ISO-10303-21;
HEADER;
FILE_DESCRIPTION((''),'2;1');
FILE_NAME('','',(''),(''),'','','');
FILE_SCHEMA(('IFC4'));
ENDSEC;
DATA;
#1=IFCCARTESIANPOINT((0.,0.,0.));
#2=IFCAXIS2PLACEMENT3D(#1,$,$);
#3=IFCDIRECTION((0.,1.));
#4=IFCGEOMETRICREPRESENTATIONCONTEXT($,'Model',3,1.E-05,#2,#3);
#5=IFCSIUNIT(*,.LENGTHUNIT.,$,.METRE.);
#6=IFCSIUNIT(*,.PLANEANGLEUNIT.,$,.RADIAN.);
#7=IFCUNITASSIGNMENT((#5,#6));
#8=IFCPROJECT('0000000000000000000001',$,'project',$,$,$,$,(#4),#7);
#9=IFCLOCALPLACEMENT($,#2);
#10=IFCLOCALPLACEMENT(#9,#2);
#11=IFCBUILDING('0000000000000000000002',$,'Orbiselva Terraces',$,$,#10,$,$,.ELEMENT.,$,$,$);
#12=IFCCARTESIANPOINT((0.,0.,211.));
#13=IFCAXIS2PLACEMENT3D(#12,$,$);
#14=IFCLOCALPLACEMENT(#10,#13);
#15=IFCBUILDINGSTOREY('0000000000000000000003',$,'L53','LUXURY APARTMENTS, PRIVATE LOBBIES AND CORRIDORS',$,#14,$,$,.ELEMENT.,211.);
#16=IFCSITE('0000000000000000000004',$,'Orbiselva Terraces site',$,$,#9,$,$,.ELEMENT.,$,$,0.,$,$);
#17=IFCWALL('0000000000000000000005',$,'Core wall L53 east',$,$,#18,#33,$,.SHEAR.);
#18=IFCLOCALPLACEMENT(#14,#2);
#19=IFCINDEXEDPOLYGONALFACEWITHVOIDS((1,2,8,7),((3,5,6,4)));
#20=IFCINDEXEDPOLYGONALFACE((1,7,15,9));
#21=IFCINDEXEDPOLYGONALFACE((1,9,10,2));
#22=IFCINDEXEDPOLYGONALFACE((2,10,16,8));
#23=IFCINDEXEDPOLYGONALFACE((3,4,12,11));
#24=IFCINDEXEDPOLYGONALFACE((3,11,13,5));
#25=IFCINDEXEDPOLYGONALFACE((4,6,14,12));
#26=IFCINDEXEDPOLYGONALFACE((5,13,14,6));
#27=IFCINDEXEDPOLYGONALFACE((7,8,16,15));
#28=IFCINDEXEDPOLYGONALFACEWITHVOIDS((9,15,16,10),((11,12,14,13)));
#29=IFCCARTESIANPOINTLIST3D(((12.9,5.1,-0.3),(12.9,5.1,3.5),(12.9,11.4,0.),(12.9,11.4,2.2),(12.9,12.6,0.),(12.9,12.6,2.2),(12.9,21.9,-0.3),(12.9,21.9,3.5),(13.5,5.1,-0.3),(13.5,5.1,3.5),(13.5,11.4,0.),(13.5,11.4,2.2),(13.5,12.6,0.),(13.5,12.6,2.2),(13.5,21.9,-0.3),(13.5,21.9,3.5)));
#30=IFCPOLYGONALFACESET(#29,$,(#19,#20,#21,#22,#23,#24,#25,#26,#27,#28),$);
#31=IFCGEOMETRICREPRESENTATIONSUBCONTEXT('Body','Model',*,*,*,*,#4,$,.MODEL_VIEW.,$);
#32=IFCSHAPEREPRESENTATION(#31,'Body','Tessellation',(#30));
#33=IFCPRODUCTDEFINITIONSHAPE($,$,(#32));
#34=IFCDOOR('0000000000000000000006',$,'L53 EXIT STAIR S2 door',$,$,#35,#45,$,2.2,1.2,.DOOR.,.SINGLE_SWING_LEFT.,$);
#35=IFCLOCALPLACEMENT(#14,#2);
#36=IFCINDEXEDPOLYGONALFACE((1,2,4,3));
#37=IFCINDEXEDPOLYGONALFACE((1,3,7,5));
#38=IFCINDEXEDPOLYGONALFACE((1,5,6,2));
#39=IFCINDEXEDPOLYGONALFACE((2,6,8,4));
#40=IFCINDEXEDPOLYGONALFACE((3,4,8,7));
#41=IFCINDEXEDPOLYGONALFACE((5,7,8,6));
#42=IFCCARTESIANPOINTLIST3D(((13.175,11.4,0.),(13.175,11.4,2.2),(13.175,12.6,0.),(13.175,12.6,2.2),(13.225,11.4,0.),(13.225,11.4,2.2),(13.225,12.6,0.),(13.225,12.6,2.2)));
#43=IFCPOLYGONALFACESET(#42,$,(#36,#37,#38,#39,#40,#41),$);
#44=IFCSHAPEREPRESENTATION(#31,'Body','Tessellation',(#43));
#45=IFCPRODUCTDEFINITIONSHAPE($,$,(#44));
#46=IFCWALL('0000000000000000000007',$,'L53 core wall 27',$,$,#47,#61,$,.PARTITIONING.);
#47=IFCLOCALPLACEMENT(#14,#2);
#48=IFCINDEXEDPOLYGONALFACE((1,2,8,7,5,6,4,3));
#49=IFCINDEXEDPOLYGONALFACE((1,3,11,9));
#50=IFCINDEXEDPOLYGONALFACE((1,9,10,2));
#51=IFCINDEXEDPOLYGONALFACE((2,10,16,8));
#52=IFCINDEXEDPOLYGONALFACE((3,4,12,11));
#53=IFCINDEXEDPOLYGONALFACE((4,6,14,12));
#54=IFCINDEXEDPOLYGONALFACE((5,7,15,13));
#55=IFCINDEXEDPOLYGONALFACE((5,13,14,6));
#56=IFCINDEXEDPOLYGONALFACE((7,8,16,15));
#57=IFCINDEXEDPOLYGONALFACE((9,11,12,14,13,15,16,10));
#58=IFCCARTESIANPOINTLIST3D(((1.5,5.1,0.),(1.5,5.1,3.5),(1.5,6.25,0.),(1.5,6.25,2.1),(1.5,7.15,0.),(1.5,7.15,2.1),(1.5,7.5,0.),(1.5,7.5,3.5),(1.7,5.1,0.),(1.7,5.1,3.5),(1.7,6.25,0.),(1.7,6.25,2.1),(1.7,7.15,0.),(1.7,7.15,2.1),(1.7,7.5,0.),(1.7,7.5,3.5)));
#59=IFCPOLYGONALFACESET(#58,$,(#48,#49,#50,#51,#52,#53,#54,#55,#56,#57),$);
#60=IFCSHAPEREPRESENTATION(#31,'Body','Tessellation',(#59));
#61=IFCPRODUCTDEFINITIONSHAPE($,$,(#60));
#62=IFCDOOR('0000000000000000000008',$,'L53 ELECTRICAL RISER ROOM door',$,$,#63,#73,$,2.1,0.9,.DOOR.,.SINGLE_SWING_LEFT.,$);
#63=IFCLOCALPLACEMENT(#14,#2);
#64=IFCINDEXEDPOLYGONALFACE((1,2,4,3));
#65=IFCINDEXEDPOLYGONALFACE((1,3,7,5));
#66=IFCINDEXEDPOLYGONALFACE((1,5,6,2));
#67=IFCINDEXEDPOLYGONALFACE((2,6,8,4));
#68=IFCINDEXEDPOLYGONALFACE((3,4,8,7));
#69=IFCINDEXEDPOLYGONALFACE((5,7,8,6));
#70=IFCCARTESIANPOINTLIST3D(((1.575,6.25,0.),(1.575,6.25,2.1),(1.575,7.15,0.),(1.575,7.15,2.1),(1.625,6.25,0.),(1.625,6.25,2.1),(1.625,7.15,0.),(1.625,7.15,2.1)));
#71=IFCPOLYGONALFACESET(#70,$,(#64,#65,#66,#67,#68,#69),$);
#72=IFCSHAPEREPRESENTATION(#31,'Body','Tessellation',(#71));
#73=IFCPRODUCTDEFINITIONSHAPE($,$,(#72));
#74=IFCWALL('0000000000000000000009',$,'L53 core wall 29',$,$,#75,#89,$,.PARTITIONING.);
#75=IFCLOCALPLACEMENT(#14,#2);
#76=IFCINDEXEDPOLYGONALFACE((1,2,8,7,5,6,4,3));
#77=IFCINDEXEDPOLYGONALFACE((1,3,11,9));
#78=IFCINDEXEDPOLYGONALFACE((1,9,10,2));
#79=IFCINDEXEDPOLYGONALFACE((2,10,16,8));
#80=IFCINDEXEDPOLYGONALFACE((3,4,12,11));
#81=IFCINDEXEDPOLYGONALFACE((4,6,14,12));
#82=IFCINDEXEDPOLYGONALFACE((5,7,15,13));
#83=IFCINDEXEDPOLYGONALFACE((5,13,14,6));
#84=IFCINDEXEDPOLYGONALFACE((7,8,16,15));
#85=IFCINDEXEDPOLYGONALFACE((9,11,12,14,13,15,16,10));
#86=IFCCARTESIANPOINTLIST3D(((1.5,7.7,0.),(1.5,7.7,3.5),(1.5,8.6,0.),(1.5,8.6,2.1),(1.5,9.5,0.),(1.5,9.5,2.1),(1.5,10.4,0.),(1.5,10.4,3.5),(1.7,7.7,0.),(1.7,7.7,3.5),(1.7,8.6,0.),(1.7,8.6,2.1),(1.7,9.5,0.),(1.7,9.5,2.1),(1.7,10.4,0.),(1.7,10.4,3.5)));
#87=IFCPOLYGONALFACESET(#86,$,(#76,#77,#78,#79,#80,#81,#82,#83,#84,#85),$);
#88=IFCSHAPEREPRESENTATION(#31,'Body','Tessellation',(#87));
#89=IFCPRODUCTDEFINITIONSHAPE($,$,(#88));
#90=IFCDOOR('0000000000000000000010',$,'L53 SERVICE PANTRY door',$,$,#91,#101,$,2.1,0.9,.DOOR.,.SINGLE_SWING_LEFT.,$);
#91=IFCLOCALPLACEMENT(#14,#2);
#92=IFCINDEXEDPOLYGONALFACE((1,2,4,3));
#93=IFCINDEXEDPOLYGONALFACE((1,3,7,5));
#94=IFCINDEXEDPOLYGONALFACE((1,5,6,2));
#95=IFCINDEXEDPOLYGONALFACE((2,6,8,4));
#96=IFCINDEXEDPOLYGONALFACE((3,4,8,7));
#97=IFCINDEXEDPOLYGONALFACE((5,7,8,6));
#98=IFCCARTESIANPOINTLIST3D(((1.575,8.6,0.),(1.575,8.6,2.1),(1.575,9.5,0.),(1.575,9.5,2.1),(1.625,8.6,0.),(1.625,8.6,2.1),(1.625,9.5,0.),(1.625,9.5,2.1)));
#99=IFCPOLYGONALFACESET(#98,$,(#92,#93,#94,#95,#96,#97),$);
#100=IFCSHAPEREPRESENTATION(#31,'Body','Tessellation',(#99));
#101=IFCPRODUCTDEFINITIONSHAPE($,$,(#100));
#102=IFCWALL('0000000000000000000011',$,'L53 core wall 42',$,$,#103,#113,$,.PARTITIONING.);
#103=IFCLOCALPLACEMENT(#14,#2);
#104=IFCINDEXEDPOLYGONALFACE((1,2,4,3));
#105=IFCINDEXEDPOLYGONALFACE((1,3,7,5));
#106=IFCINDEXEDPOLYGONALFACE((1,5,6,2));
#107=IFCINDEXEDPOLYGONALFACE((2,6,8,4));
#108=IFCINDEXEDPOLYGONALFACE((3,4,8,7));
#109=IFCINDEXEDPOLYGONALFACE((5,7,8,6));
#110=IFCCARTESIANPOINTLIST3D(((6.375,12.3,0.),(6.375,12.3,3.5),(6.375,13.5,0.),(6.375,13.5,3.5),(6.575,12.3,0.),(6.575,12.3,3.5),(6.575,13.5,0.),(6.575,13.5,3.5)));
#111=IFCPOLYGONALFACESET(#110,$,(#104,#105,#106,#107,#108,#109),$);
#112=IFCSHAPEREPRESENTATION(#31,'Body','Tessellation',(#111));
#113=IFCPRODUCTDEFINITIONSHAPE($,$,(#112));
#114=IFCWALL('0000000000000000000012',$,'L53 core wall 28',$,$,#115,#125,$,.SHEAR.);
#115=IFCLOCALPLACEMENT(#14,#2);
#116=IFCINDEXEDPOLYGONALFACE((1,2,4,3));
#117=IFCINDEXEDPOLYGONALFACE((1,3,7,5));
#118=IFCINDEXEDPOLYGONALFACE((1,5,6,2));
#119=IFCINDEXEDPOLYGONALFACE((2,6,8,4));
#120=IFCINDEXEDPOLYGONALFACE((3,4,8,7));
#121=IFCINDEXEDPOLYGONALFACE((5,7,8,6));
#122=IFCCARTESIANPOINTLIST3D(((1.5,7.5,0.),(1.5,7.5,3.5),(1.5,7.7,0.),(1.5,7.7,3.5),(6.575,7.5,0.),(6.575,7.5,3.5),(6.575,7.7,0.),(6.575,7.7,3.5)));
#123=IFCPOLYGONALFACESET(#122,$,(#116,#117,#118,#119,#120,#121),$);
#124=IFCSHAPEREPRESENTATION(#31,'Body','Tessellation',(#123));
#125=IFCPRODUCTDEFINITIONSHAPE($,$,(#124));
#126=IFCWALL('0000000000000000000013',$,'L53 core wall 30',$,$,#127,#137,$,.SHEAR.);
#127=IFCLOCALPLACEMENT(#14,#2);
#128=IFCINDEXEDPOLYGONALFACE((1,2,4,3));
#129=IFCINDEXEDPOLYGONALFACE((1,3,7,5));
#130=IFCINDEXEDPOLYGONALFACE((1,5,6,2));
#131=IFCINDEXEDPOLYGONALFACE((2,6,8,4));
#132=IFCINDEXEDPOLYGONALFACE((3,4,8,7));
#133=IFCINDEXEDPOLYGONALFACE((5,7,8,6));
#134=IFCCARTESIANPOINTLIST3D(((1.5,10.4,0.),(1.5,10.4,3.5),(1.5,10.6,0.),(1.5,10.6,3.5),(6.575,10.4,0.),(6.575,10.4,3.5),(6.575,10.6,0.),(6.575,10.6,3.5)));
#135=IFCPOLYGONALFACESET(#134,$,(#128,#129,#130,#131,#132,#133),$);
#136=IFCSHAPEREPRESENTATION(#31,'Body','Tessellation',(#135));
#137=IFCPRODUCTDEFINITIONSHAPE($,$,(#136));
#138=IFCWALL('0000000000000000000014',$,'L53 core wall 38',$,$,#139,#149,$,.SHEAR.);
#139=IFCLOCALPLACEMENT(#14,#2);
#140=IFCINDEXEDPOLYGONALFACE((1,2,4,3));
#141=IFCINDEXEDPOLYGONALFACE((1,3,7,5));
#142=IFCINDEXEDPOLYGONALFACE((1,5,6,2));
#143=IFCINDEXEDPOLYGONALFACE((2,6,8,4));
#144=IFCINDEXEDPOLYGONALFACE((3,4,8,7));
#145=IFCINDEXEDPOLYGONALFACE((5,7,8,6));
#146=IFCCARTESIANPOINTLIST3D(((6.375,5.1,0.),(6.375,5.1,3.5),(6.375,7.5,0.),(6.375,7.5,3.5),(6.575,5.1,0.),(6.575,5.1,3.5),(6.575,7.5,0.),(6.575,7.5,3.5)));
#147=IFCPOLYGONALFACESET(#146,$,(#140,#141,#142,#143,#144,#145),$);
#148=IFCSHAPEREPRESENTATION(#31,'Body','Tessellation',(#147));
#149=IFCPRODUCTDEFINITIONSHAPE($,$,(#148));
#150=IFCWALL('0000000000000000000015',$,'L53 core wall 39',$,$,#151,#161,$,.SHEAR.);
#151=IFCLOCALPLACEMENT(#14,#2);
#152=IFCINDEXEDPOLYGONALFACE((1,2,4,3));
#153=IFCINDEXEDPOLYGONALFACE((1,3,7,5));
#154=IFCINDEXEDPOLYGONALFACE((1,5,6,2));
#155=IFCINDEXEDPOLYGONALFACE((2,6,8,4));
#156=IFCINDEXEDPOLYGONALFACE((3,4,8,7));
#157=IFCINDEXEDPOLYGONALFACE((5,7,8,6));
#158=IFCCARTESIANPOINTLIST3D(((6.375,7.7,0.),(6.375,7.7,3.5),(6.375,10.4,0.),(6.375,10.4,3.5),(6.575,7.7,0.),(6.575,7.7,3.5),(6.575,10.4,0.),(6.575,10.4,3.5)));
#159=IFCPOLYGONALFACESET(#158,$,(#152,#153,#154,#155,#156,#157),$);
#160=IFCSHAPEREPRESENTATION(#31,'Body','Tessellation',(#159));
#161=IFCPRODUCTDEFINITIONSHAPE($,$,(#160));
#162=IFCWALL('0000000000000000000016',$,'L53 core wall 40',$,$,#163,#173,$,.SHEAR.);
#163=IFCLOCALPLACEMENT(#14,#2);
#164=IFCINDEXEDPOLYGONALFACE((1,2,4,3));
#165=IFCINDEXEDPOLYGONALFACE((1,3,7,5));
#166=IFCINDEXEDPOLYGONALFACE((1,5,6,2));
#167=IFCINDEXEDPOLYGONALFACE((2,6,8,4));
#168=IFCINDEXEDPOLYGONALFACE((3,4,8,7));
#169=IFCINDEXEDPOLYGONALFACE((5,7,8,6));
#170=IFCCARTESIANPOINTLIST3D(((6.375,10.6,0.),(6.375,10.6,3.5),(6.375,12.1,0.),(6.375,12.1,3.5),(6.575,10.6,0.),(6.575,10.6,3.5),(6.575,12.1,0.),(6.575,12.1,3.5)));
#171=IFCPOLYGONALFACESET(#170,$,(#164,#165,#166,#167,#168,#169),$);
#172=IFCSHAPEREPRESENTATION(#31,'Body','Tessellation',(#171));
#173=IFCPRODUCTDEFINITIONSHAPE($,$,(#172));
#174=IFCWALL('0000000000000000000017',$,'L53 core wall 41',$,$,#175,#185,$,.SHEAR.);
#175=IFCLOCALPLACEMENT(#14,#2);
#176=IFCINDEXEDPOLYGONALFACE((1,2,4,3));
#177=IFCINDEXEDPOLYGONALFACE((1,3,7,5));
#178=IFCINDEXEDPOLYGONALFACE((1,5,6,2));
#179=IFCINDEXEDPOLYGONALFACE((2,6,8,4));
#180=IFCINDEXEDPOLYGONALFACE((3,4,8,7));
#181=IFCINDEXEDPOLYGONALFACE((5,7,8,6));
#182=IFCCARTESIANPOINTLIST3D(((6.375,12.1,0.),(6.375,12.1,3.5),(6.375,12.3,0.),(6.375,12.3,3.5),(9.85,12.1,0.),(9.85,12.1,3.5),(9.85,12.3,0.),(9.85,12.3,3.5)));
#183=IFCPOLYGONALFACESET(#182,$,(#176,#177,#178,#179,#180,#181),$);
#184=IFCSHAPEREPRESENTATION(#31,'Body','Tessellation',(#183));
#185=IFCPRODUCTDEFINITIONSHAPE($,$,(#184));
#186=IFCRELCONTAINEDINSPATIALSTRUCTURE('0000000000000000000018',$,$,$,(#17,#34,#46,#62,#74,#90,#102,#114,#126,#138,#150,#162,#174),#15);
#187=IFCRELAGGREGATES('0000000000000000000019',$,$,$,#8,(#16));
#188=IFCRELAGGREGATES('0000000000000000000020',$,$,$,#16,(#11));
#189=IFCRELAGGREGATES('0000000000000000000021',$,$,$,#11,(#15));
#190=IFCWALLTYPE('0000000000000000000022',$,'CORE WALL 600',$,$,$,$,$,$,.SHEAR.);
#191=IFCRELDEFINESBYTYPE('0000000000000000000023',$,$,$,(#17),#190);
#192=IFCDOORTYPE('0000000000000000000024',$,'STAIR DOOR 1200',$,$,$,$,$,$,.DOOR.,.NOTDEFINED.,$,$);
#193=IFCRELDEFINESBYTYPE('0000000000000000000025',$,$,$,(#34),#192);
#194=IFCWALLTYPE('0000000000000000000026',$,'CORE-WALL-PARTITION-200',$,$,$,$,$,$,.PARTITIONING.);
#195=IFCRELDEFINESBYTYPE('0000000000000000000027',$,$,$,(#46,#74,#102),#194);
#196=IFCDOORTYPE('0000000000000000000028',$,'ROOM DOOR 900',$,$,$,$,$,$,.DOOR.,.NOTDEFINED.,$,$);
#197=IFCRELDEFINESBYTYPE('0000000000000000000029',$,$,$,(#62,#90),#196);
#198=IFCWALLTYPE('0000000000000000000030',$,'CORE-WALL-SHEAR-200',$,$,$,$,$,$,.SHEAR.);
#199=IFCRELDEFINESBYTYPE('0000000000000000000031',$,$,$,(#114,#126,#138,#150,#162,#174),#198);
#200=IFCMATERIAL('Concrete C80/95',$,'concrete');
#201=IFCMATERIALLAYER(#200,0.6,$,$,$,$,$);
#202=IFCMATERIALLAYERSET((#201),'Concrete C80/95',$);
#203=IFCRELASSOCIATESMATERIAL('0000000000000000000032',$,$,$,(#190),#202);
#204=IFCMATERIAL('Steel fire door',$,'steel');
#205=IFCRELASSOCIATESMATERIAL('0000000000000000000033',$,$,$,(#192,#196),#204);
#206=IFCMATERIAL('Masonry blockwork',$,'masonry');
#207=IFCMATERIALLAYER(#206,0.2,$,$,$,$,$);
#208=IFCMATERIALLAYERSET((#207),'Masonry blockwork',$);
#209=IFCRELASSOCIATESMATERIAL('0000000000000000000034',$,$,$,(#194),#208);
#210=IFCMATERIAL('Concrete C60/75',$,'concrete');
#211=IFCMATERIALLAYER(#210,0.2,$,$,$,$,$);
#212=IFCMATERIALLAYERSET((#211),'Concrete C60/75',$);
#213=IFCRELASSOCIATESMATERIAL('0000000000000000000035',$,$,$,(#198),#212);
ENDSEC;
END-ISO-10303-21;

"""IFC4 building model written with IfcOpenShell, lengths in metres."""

from ifc_helpers import new_model, si_unit, direction, frame, frame_2d, origin, place, context, subcontext, project, spatial, rectangle, extrude, material, layer, layer_set, type_object, element, fill, save


model = new_model("IFC4")

# Units and contexts
model_context = context("Model", 3, precision=1e-05, world=origin(), true_north=direction((0.0, 1.0)))
body_context = subcontext(model_context, "Body", "Model", "MODEL_VIEW")
ifc_project = project(units=[si_unit("LENGTHUNIT", "METRE"), si_unit("PLANEANGLEUNIT", "RADIAN")], contexts=[model_context])

# Site, building, storey
site_placement = place(None, origin())
site = spatial("IfcSite", under=ifc_project, at=site_placement, Name="Orbiselva Terraces site", CompositionType="ELEMENT", RefElevation=0.0)
building_placement = place(site_placement, origin())
building = spatial("IfcBuilding", under=site, at=building_placement, Name="Orbiselva Terraces", CompositionType="ELEMENT")
storey_placement = place(building_placement, frame((0.0, 0.0, 211.0)))
storey = spatial("IfcBuildingStorey", under=building, at=storey_placement, Name="L53", Description="LUXURY APARTMENTS, PRIVATE LOBBIES AND CORRIDORS", CompositionType="ELEMENT", Elevation=211.0)

# Walls, openings, doors
ifc_material_1 = material(Name="Concrete C80/95", Category="concrete")
ifc_layer_1 = layer(ifc_material_1, 0.6)
ifc_layer_set_1 = layer_set([ifc_layer_1], Name="Concrete C80/95")
wall_type_1 = type_object("IfcWallType", Name="CORE WALL 600", PredefinedType="SHEAR", material=ifc_layer_set_1)
wall_1_placement = place(storey_placement, frame((13.2, 5.1, -0.3), z_axis=(0.0, 0.0, 1.0), x_axis=(0.0, 1.0, 0.0)))
wall_1 = element("IfcWall", 1, at=wall_1_placement, inside=storey, type_object=wall_type_1, Name="Core wall L53 east", PredefinedType="SHEAR", context=body_context, shape_type="SweptSolid", body=[
    extrude(rectangle(XDim=16.8, YDim=0.6, at=frame_2d((8.4, 0.0))), origin(), (0.0, 0.0, 1.0), 3.8),
])
opening_1_placement = place(wall_1_placement, frame((6.3, 0.0, 0.3)))
opening_1 = element("IfcOpeningElement", 2, at=opening_1_placement, cuts=wall_1, PredefinedType="OPENING", context=body_context, shape_type="SweptSolid", body=[
    extrude(rectangle(XDim=1.2, YDim=2.2, at=frame_2d((0.6, 1.1))), frame((0.0, 0.31, 0.0), z_axis=(0.0, -1.0, 0.0), x_axis=(1.0, 0.0, 0.0)), (0.0, 0.0, 1.0), 0.62),
])
ifc_material_2 = material(Name="Steel fire door", Category="steel")
door_type_1 = type_object("IfcDoorType", Name="STAIR DOOR 1200", OperationType="NOTDEFINED", PredefinedType="DOOR", material=ifc_material_2)
door_1_placement = place(opening_1_placement, frame((1.2, 0.0, 0.0), z_axis=(0.0, 0.0, 1.0), x_axis=(-1.0, 0.0, 0.0)))
door_1 = element("IfcDoor", 3, at=door_1_placement, inside=storey, type_object=door_type_1, Name="L53 EXIT STAIR S2 door", OperationType="SINGLE_SWING_LEFT", OverallHeight=2.2, OverallWidth=1.2, PredefinedType="DOOR", context=body_context, shape_type="SweptSolid", body=[
    extrude(rectangle(XDim=1.2, YDim=2.2, at=frame_2d((0.6, 1.1))), frame((0.0, 0.025, 0.0), z_axis=(0.0, -1.0, 0.0), x_axis=(1.0, 0.0, 0.0)), (0.0, 0.0, 1.0), 0.05),
])
fill(opening_1, door_1)
ifc_material_3 = material(Name="Masonry blockwork", Category="masonry")
ifc_layer_2 = layer(ifc_material_3, 0.2)
ifc_layer_set_2 = layer_set([ifc_layer_2], Name="Masonry blockwork")
wall_type_2 = type_object("IfcWallType", Name="CORE-WALL-PARTITION-200", PredefinedType="PARTITIONING", material=ifc_layer_set_2)
wall_2_placement = place(storey_placement, frame((1.6, 7.5, 0.0), z_axis=(0.0, 0.0, 1.0), x_axis=(0.0, -1.0, 0.0)))
wall_2 = element("IfcWall", 4, at=wall_2_placement, inside=storey, type_object=wall_type_2, Name="L53 core wall 27", PredefinedType="PARTITIONING", context=body_context, shape_type="SweptSolid", body=[
    extrude(rectangle(XDim=2.4, YDim=0.2, at=frame_2d((1.2, 0.0))), origin(), (0.0, 0.0, 1.0), 3.5),
])
opening_2_placement = place(wall_2_placement, frame((0.35, 0.0, 0.0)))
opening_2 = element("IfcOpeningElement", 5, at=opening_2_placement, cuts=wall_2, PredefinedType="OPENING", context=body_context, shape_type="SweptSolid", body=[
    extrude(rectangle(XDim=0.9, YDim=2.1, at=frame_2d((0.45, 1.05))), frame((0.0, 0.11, 0.0), z_axis=(0.0, -1.0, 0.0), x_axis=(1.0, 0.0, 0.0)), (0.0, 0.0, 1.0), 0.22),
])
door_type_2 = type_object("IfcDoorType", Name="ROOM DOOR 900", OperationType="NOTDEFINED", PredefinedType="DOOR", material=ifc_material_2)
door_2_placement = place(opening_2_placement, origin())
door_2 = element("IfcDoor", 6, at=door_2_placement, inside=storey, type_object=door_type_2, Name="L53 ELECTRICAL RISER ROOM door", OperationType="SINGLE_SWING_LEFT", OverallHeight=2.1, OverallWidth=0.9, PredefinedType="DOOR", context=body_context, shape_type="SweptSolid", body=[
    extrude(rectangle(XDim=0.9, YDim=2.1, at=frame_2d((0.45, 1.05))), frame((0.0, 0.025, 0.0), z_axis=(0.0, -1.0, 0.0), x_axis=(1.0, 0.0, 0.0)), (0.0, 0.0, 1.0), 0.05),
])
fill(opening_2, door_2)
wall_3_placement = place(storey_placement, frame((1.6, 10.4, 0.0), z_axis=(0.0, 0.0, 1.0), x_axis=(0.0, -1.0, 0.0)))
wall_3 = element("IfcWall", 7, at=wall_3_placement, inside=storey, type_object=wall_type_2, Name="L53 core wall 29", PredefinedType="PARTITIONING", context=body_context, shape_type="SweptSolid", body=[
    extrude(rectangle(XDim=2.7, YDim=0.2, at=frame_2d((1.35, 0.0))), origin(), (0.0, 0.0, 1.0), 3.5),
])
opening_3_placement = place(wall_3_placement, frame((0.9, 0.0, 0.0)))
opening_3 = element("IfcOpeningElement", 8, at=opening_3_placement, cuts=wall_3, PredefinedType="OPENING", context=body_context, shape_type="SweptSolid", body=[
    extrude(rectangle(XDim=0.9, YDim=2.1, at=frame_2d((0.45, 1.05))), frame((0.0, 0.11, 0.0), z_axis=(0.0, -1.0, 0.0), x_axis=(1.0, 0.0, 0.0)), (0.0, 0.0, 1.0), 0.22),
])
door_3_placement = place(opening_3_placement, origin())
door_3 = element("IfcDoor", 9, at=door_3_placement, inside=storey, type_object=door_type_2, Name="L53 SERVICE PANTRY door", OperationType="SINGLE_SWING_LEFT", OverallHeight=2.1, OverallWidth=0.9, PredefinedType="DOOR", context=body_context, shape_type="SweptSolid", body=[
    extrude(rectangle(XDim=0.9, YDim=2.1, at=frame_2d((0.45, 1.05))), frame((0.0, 0.025, 0.0), z_axis=(0.0, -1.0, 0.0), x_axis=(1.0, 0.0, 0.0)), (0.0, 0.0, 1.0), 0.05),
])
fill(opening_3, door_3)

# Walls
wall_4_placement = place(storey_placement, frame((6.475, 12.3, 0.0), z_axis=(0.0, 0.0, 1.0), x_axis=(0.0, 1.0, 0.0)))
element("IfcWall", 10, at=wall_4_placement, inside=storey, type_object=wall_type_2, Name="L53 core wall 42", PredefinedType="PARTITIONING", context=body_context, shape_type="SweptSolid", body=[
    extrude(rectangle(XDim=1.2, YDim=0.2, at=frame_2d((0.6, 0.0))), origin(), (0.0, 0.0, 1.0), 3.5),
])
ifc_material_4 = material(Name="Concrete C60/75", Category="concrete")
ifc_layer_3 = layer(ifc_material_4, 0.2)
ifc_layer_set_3 = layer_set([ifc_layer_3], Name="Concrete C60/75")
wall_type_3 = type_object("IfcWallType", Name="CORE-WALL-SHEAR-200", PredefinedType="SHEAR", material=ifc_layer_set_3)
for number, where, z_axis, x_axis, name in (
    (11, (1.5, 7.6, 0.0), (0.0, 0.0, 1.0), (1.0, 0.0, 0.0), "L53 core wall 28"),
    (12, (1.5, 10.5, 0.0), (0.0, 0.0, 1.0), (1.0, 0.0, 0.0), "L53 core wall 30"),
):
    element("IfcWall", number, at=place(storey_placement, frame(where, z_axis=z_axis, x_axis=x_axis)), inside=storey, type_object=wall_type_3, Name=name, PredefinedType="SHEAR", context=body_context, shape_type="SweptSolid", body=[
        extrude(rectangle(XDim=5.075, YDim=0.2, at=frame_2d((2.5375, 0.0))), origin(), (0.0, 0.0, 1.0), 3.5),
    ])
wall_5_placement = place(storey_placement, frame((6.475, 5.1, 0.0), z_axis=(0.0, 0.0, 1.0), x_axis=(0.0, 1.0, 0.0)))
element("IfcWall", 13, at=wall_5_placement, inside=storey, type_object=wall_type_3, Name="L53 core wall 38", PredefinedType="SHEAR", context=body_context, shape_type="SweptSolid", body=[
    extrude(rectangle(XDim=2.4, YDim=0.2, at=frame_2d((1.2, 0.0))), origin(), (0.0, 0.0, 1.0), 3.5),
])
wall_6_placement = place(storey_placement, frame((6.475, 7.7, 0.0), z_axis=(0.0, 0.0, 1.0), x_axis=(0.0, 1.0, 0.0)))
element("IfcWall", 14, at=wall_6_placement, inside=storey, type_object=wall_type_3, Name="L53 core wall 39", PredefinedType="SHEAR", context=body_context, shape_type="SweptSolid", body=[
    extrude(rectangle(XDim=2.7, YDim=0.2, at=frame_2d((1.35, 0.0))), origin(), (0.0, 0.0, 1.0), 3.5),
])
wall_7_placement = place(storey_placement, frame((6.475, 10.6, 0.0), z_axis=(0.0, 0.0, 1.0), x_axis=(0.0, 1.0, 0.0)))
element("IfcWall", 15, at=wall_7_placement, inside=storey, type_object=wall_type_3, Name="L53 core wall 40", PredefinedType="SHEAR", context=body_context, shape_type="SweptSolid", body=[
    extrude(rectangle(XDim=1.5, YDim=0.2, at=frame_2d((0.75, 0.0))), origin(), (0.0, 0.0, 1.0), 3.5),
])
wall_8_placement = place(storey_placement, frame((6.375, 12.2, 0.0), z_axis=(0.0, 0.0, 1.0), x_axis=(1.0, 0.0, 0.0)))
element("IfcWall", 16, at=wall_8_placement, inside=storey, type_object=wall_type_3, Name="L53 core wall 41", PredefinedType="SHEAR", context=body_context, shape_type="SweptSolid", body=[
    extrude(rectangle(XDim=3.475, YDim=0.2, at=frame_2d((1.7375, 0.0))), origin(), (0.0, 0.0, 1.0), 3.5),
])

save(model, "model.ifc")
